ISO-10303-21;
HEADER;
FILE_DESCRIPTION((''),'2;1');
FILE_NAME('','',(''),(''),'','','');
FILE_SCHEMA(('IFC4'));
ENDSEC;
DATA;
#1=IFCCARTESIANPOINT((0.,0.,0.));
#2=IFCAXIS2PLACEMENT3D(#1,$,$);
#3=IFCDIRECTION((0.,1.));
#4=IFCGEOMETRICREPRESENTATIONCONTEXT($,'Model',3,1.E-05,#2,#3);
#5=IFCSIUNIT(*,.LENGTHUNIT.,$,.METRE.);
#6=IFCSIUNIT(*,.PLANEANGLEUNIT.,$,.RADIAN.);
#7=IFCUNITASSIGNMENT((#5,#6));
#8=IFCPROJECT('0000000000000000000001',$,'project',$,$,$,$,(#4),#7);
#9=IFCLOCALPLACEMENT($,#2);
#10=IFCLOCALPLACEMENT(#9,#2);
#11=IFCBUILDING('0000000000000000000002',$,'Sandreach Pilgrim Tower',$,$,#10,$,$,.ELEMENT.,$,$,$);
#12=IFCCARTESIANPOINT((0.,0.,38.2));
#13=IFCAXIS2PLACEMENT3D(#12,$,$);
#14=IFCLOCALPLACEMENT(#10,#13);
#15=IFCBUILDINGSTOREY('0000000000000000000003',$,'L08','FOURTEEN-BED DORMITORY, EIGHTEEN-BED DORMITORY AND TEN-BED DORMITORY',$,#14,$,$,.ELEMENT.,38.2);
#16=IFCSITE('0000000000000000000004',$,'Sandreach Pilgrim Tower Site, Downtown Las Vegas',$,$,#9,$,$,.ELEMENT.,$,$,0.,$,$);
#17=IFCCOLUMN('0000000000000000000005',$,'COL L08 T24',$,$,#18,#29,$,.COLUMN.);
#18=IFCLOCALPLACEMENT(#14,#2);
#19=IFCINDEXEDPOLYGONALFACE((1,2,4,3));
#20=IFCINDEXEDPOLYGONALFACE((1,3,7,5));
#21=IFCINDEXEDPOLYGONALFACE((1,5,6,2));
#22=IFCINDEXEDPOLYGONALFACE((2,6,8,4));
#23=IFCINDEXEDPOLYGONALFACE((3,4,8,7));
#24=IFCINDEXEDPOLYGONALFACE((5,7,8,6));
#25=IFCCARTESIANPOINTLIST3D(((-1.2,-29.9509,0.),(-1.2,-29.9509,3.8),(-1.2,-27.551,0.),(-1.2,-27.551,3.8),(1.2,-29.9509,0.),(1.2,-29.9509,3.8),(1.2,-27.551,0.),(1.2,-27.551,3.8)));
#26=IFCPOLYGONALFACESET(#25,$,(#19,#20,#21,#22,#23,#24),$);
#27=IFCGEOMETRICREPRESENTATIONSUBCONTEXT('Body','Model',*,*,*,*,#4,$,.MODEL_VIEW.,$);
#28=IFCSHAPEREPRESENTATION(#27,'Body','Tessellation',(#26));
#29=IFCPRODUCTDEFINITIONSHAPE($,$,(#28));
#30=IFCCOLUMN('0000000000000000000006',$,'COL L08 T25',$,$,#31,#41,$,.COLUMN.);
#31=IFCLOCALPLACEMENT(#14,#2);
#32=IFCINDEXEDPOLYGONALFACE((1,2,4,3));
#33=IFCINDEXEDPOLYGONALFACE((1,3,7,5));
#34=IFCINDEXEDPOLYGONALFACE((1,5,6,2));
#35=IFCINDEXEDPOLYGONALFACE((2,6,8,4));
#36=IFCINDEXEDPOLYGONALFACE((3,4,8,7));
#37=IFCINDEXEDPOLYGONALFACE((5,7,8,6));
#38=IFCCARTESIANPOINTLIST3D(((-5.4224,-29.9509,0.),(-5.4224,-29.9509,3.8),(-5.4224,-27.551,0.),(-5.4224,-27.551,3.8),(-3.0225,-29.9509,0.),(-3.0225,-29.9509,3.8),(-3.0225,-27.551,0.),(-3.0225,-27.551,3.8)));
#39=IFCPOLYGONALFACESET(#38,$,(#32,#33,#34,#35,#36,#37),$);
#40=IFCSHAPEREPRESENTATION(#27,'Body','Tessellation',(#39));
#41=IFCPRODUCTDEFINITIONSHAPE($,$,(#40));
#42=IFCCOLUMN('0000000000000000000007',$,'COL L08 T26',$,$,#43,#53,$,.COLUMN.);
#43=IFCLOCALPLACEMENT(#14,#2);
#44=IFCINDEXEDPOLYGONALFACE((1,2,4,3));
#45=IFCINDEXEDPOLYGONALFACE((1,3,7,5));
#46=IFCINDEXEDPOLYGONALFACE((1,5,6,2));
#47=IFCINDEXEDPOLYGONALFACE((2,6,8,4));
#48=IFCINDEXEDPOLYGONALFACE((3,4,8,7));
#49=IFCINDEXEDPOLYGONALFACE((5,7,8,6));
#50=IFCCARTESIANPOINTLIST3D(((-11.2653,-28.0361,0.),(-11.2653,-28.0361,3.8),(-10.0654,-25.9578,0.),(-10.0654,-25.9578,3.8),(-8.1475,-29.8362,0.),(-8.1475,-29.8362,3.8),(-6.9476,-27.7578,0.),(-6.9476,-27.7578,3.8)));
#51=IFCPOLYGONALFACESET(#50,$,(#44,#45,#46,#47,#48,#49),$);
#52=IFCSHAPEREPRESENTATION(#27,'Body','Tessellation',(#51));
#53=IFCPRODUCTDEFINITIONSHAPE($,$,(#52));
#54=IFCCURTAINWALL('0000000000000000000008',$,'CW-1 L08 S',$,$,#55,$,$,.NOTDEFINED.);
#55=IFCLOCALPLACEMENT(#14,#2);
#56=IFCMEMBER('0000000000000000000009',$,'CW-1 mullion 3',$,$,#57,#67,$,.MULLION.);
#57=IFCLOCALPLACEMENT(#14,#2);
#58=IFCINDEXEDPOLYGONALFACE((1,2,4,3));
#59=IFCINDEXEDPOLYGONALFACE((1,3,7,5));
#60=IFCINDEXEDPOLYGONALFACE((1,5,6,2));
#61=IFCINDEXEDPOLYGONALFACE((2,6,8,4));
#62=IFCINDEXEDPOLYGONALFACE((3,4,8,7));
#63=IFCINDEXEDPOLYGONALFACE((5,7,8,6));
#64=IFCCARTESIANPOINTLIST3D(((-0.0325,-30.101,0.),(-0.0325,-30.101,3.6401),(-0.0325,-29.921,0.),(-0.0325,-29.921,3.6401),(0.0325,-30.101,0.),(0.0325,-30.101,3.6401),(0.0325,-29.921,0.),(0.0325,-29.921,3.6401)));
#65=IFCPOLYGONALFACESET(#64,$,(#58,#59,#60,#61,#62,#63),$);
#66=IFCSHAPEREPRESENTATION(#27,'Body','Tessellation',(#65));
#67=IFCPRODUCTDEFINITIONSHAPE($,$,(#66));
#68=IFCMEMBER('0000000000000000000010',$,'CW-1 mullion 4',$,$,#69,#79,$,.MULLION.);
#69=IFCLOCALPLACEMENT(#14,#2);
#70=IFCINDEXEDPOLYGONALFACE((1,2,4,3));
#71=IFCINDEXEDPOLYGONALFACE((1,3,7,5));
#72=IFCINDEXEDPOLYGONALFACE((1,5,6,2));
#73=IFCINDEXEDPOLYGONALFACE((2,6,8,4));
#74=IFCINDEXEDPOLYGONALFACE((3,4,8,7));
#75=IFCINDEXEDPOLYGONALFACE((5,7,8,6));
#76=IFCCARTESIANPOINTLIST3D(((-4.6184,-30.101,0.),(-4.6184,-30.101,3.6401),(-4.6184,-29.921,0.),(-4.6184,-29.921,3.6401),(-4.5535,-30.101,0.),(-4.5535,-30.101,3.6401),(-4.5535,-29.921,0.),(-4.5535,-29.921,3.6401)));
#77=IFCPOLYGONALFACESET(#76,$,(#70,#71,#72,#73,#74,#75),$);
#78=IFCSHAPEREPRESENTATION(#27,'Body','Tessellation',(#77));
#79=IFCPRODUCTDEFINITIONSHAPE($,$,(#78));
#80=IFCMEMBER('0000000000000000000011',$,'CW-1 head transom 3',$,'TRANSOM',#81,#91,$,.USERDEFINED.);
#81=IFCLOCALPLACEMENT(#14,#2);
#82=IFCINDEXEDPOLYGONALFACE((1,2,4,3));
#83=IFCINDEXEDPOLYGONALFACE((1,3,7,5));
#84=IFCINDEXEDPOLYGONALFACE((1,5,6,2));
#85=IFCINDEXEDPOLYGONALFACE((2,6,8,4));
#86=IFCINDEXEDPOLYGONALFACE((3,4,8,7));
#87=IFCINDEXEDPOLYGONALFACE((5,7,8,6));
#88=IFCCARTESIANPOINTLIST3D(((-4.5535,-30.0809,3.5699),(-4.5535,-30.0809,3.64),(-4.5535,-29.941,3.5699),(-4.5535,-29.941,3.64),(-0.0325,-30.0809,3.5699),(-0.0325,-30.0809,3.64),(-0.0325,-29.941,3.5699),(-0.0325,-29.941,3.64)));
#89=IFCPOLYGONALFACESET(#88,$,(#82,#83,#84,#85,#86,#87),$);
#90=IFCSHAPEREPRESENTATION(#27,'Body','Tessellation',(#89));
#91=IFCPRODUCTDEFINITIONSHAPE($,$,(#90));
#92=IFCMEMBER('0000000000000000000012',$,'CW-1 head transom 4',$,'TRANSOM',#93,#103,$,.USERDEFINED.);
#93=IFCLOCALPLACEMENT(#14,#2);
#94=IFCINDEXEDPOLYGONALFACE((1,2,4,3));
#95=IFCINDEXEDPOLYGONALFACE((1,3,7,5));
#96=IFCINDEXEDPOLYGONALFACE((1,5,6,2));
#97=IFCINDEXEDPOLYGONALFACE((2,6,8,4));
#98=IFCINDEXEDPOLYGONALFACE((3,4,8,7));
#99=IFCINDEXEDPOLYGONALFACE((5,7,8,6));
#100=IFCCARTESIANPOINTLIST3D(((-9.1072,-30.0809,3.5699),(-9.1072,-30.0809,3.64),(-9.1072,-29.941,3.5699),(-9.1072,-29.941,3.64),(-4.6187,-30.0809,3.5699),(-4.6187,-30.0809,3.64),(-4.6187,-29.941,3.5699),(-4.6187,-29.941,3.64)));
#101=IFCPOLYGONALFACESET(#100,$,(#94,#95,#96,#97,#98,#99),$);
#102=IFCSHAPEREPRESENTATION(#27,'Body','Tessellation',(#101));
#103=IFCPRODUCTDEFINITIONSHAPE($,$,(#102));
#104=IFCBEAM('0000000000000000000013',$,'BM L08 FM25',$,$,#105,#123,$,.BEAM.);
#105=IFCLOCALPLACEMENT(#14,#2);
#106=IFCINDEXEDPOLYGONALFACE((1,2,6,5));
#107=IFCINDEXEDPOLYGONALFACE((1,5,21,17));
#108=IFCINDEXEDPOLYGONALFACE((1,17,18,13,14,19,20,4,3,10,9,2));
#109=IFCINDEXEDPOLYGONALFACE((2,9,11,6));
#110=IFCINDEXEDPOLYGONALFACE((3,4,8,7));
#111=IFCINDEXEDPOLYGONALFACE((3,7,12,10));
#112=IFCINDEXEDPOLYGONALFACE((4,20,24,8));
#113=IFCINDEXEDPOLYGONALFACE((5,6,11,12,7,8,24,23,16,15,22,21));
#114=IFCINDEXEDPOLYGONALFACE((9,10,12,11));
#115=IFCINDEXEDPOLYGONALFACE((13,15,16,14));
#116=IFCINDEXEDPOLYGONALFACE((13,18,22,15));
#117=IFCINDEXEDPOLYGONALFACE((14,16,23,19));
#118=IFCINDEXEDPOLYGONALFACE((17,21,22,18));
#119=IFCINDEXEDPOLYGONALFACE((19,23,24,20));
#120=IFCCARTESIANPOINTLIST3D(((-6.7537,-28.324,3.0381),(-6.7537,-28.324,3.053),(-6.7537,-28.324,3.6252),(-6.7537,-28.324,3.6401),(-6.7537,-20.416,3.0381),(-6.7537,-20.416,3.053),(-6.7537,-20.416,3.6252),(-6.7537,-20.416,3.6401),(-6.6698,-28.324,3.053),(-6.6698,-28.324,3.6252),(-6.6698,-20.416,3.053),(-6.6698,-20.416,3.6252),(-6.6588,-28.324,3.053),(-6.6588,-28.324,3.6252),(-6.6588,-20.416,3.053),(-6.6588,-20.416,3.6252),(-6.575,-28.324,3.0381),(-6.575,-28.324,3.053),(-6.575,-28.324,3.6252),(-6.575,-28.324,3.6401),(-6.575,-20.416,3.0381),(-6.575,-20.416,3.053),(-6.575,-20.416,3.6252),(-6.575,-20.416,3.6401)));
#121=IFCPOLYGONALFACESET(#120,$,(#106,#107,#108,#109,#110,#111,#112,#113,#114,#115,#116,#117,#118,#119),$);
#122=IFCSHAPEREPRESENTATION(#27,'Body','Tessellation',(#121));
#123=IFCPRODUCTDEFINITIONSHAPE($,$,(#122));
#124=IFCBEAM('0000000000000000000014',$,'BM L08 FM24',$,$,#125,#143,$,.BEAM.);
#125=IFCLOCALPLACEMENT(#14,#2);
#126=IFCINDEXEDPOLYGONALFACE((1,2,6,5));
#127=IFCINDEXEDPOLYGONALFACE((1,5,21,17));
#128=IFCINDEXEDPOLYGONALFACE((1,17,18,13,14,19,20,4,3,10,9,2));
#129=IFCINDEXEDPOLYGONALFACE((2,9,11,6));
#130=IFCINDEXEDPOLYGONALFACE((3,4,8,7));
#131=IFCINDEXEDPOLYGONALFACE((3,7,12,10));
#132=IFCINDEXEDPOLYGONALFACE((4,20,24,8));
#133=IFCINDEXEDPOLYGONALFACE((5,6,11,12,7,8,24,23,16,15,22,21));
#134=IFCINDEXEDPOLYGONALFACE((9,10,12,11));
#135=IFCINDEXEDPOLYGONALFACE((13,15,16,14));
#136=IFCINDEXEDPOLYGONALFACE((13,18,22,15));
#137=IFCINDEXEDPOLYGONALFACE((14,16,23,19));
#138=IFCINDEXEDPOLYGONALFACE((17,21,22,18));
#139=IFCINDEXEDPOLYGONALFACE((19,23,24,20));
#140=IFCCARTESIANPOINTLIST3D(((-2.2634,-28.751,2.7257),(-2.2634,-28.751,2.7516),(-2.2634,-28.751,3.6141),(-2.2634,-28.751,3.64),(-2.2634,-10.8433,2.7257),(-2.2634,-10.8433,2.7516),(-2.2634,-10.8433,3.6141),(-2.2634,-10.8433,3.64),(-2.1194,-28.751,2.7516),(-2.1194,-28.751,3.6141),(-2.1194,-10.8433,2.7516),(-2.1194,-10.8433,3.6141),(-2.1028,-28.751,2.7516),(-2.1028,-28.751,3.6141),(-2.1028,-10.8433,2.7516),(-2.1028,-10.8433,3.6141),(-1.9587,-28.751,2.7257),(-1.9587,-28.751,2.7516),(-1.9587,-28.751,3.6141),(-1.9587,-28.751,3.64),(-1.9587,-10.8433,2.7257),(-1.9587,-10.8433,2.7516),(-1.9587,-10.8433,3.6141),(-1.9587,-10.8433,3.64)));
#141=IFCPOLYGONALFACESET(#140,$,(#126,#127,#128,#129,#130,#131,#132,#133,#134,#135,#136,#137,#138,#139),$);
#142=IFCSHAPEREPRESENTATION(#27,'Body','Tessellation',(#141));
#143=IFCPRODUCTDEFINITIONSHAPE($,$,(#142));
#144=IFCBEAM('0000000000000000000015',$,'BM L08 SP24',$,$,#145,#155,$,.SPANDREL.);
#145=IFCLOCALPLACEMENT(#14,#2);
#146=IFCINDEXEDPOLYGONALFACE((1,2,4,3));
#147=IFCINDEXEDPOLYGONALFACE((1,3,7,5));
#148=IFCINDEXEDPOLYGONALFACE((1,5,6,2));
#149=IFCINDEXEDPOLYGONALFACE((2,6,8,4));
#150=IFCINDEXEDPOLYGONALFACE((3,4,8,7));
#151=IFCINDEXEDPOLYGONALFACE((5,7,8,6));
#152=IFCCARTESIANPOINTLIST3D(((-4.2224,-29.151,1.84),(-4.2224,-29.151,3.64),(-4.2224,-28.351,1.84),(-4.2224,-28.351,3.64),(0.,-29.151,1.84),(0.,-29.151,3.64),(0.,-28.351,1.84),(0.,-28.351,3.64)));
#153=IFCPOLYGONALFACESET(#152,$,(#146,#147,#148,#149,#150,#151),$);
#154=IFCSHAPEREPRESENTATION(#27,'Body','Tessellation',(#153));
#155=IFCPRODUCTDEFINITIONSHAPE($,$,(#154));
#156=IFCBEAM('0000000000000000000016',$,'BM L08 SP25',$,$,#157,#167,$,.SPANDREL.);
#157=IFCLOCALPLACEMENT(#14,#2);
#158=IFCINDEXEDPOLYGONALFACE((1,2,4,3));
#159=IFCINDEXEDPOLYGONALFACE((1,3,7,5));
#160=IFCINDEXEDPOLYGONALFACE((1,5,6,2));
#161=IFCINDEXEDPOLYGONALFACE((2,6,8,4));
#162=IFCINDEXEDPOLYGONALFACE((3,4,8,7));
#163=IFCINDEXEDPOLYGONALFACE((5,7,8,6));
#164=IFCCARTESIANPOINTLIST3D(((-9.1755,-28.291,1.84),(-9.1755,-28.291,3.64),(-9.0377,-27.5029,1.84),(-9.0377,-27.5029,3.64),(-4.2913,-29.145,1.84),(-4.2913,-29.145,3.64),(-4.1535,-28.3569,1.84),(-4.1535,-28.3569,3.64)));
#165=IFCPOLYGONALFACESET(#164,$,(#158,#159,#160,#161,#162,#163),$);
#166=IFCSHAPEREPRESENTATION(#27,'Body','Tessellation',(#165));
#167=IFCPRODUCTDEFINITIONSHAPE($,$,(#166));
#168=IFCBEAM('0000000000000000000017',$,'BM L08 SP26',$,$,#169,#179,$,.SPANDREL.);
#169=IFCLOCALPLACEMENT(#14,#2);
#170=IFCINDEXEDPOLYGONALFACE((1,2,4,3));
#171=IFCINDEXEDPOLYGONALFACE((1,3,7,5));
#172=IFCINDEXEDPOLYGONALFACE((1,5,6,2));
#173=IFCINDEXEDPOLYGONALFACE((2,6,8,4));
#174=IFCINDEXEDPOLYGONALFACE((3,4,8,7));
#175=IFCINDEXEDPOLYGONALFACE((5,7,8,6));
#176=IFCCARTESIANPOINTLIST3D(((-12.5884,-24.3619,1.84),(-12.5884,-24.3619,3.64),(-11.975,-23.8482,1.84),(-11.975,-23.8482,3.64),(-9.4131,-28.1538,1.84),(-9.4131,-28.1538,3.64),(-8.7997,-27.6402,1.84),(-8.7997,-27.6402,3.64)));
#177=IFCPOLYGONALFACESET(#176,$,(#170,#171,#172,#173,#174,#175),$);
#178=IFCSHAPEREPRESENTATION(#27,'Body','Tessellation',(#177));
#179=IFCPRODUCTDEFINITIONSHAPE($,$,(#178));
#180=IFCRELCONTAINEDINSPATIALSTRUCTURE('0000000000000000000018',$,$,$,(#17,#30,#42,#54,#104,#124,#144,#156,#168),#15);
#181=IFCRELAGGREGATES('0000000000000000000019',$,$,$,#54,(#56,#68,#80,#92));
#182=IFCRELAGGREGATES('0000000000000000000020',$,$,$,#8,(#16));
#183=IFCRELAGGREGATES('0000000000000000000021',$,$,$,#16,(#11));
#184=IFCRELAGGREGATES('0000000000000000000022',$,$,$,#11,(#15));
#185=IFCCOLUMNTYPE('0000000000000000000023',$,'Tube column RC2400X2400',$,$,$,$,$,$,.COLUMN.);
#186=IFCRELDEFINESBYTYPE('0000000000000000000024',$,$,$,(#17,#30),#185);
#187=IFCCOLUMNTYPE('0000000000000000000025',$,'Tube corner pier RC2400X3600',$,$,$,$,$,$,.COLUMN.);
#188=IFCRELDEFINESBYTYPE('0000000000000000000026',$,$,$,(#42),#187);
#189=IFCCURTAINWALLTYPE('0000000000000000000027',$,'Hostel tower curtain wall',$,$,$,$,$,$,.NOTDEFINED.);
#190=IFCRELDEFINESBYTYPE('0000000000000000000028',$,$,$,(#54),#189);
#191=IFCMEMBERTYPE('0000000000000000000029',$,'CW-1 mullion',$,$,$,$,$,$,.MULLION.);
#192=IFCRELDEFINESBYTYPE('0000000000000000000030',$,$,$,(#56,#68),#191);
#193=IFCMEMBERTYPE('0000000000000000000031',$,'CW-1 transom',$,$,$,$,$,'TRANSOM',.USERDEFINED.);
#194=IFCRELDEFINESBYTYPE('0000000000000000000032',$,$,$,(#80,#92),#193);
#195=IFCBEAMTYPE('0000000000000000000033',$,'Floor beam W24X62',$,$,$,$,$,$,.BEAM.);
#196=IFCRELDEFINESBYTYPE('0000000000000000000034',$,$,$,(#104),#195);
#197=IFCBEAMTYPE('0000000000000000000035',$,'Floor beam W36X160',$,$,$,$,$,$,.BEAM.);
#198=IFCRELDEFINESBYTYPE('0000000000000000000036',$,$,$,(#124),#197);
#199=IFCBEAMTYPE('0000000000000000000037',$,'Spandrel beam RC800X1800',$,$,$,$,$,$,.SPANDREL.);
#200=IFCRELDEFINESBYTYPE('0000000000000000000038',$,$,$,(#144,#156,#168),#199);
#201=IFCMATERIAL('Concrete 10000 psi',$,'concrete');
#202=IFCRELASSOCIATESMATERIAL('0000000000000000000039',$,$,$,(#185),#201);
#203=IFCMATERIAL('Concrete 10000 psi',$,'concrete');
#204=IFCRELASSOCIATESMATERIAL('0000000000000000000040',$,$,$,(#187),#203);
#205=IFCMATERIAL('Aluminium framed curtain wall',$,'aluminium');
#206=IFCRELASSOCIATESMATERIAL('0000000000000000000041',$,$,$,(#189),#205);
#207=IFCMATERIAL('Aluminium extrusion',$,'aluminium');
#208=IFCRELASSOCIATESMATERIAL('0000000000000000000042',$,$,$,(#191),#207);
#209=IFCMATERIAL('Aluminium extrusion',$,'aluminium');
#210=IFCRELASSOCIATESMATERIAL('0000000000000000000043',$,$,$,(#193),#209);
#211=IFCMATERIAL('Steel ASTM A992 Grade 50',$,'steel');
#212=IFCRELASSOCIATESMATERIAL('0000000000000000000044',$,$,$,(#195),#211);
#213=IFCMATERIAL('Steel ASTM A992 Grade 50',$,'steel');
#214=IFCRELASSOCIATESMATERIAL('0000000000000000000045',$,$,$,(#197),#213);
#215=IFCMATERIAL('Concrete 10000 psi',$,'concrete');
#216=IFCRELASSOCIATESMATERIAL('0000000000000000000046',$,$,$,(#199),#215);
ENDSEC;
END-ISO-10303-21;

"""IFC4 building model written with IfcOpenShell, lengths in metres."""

from ifc_helpers import new_model, si_unit, direction, frame, origin, origin_2d, place, context, subcontext, project, spatial, rectangle, i_section, extrude, material, material_profile, profile_set, type_object, element, aggregate, save


model = new_model("IFC4")

# Units and contexts
model_context = context("Model", 3, precision=1e-05, world=origin(), true_north=direction((0.0, 1.0)))
body_context = subcontext(model_context, "Body", "Model", "MODEL_VIEW")
ifc_project = project(units=[si_unit("LENGTHUNIT", "METRE"), si_unit("PLANEANGLEUNIT", "RADIAN")], contexts=[model_context])

# Site, building, storey
site_placement = place(None, origin())
site = spatial("IfcSite", under=ifc_project, at=site_placement, Name="Sandreach Pilgrim Tower Site, Downtown Las Vegas", CompositionType="ELEMENT", RefElevation=0.0)
building_placement = place(site_placement, origin())
building = spatial("IfcBuilding", under=site, at=building_placement, Name="Sandreach Pilgrim Tower", CompositionType="ELEMENT")
storey_placement = place(building_placement, frame((0.0, 0.0, 38.2)))
storey = spatial("IfcBuildingStorey", under=building, at=storey_placement, Name="L08", Description="FOURTEEN-BED DORMITORY, EIGHTEEN-BED DORMITORY AND TEN-BED DORMITORY", CompositionType="ELEMENT", Elevation=38.2)

# Columns
ifc_material_1 = material(Name="Concrete 10000 psi", Category="concrete")
ifc_material_profile_1 = material_profile(ifc_material_1, rectangle(XDim=2.3999, YDim=2.3999, at=origin_2d()), Name="RC2400X2400")
ifc_profile_set_1 = profile_set([ifc_material_profile_1], Name="Concrete 10000 psi")
column_type_1 = type_object("IfcColumnType", Name="Tube column RC2400X2400", PredefinedType="COLUMN", material=ifc_profile_set_1)
for number, where, z_axis, x_axis, name in (
    (1, (0.0, -28.751, 0.0), (0.0, 0.0, 1.0), (0.0, -1.0, 0.0), "COL L08 T24"),
    (2, (-4.2224, -28.751, 0.0), (0.0, 0.0, 1.0), (0.0, -1.0, 0.0), "COL L08 T25"),
):
    element("IfcColumn", number, at=place(storey_placement, frame(where, z_axis=z_axis, x_axis=x_axis)), inside=storey, type_object=column_type_1, Name=name, PredefinedType="COLUMN", context=body_context, shape_type="SweptSolid", body=[
        extrude(rectangle(XDim=2.3999, YDim=2.3999, at=origin_2d()), origin(), (0.0, 0.0, 1.0), 3.8),
    ])
ifc_material_2 = material(Name="Concrete 10000 psi", Category="concrete")
ifc_material_profile_2 = material_profile(ifc_material_2, rectangle(XDim=2.3999, YDim=3.6001, at=origin_2d()), Name="RC2400X3600")
ifc_profile_set_2 = profile_set([ifc_material_profile_2], Name="Concrete 10000 psi")
column_type_2 = type_object("IfcColumnType", Name="Tube corner pier RC2400X3600", PredefinedType="COLUMN", material=ifc_profile_set_2)
column_placement = place(storey_placement, frame((-9.1064, -27.897, 0.0), z_axis=(0.0, 0.0, 1.0), x_axis=(-0.5, -0.866025, 0.0)))
element("IfcColumn", 3, at=column_placement, inside=storey, type_object=column_type_2, Name="COL L08 T26", PredefinedType="COLUMN", context=body_context, shape_type="SweptSolid", body=[
    extrude(rectangle(XDim=2.3999, YDim=3.6001, at=origin_2d()), origin(), (0.0, 0.0, 1.0), 3.8),
])

# Curtain wall, members
ifc_material_3 = material(Name="Aluminium framed curtain wall", Category="aluminium")
curtain_wall_type = type_object("IfcCurtainWallType", Name="Hostel tower curtain wall", PredefinedType="NOTDEFINED", material=ifc_material_3)
curtain_wall_placement = place(storey_placement, origin())
curtain_wall = element("IfcCurtainWall", 4, at=curtain_wall_placement, inside=storey, type_object=curtain_wall_type, Name="CW-1 L08 S", PredefinedType="NOTDEFINED")
ifc_material_4 = material(Name="Aluminium extrusion", Category="aluminium")
ifc_material_profile_3 = material_profile(ifc_material_4, rectangle(XDim=0.0649, YDim=0.1799, at=origin_2d()), Name="CW-1M 65X180")
ifc_profile_set_3 = profile_set([ifc_material_profile_3], Name="Aluminium extrusion")
member_type_1 = type_object("IfcMemberType", Name="CW-1 mullion", PredefinedType="MULLION", material=ifc_profile_set_3)
member_1_placement = place(storey_placement, frame((0.0, -30.011, 0.0), z_axis=(0.0, 0.0, 1.0), x_axis=(-1.0, 0.0, 0.0)))
member_1 = element("IfcMember", 5, at=member_1_placement, type_object=member_type_1, Name="CW-1 mullion 3", PredefinedType="MULLION", context=body_context, shape_type="SweptSolid", body=[
    extrude(rectangle(XDim=0.0649, YDim=0.1799, at=origin_2d()), origin(), (0.0, 0.0, 1.0), 3.6401),
])
member_2_placement = place(storey_placement, frame((-4.5859, -30.011, 0.0), z_axis=(0.0, 0.0, 1.0), x_axis=(-1.0, 0.0, 0.0)))
member_2 = element("IfcMember", 6, at=member_2_placement, type_object=member_type_1, Name="CW-1 mullion 4", PredefinedType="MULLION", context=body_context, shape_type="SweptSolid", body=[
    extrude(rectangle(XDim=0.0649, YDim=0.1799, at=origin_2d()), origin(), (0.0, 0.0, 1.0), 3.6401),
])
ifc_material_5 = material(Name="Aluminium extrusion", Category="aluminium")
ifc_material_profile_4 = material_profile(ifc_material_5, rectangle(XDim=0.1399, YDim=0.0701, at=origin_2d()), Name="CW-1T 140X70")
ifc_profile_set_4 = profile_set([ifc_material_profile_4], Name="Aluminium extrusion")
member_type_2 = type_object("IfcMemberType", Name="CW-1 transom", ElementType="TRANSOM", PredefinedType="USERDEFINED", material=ifc_profile_set_4)
member_3_placement = place(storey_placement, frame((-0.0325, -30.011, 3.605), z_axis=(-1.0, 0.0, 0.0), x_axis=(0.0, -1.0, 0.0)))
member_3 = element("IfcMember", 7, at=member_3_placement, type_object=member_type_2, Name="CW-1 head transom 3", ObjectType="TRANSOM", PredefinedType="USERDEFINED", context=body_context, shape_type="SweptSolid", body=[
    extrude(rectangle(XDim=0.1399, YDim=0.0701, at=origin_2d()), origin(), (0.0, 0.0, 1.0), 4.521),
])
member_4_placement = place(storey_placement, frame((-4.6187, -30.011, 3.605), z_axis=(-1.0, 0.0, 0.0), x_axis=(0.0, -1.0, 0.0)))
member_4 = element("IfcMember", 8, at=member_4_placement, type_object=member_type_2, Name="CW-1 head transom 4", ObjectType="TRANSOM", PredefinedType="USERDEFINED", context=body_context, shape_type="SweptSolid", body=[
    extrude(rectangle(XDim=0.1399, YDim=0.0701, at=origin_2d()), origin(), (0.0, 0.0, 1.0), 4.4885),
])

# Beams
ifc_material_6 = material(Name="Steel ASTM A992 Grade 50", Category="steel")
ifc_material_profile_5 = material_profile(ifc_material_6, i_section(OverallWidth=0.1787, OverallDepth=0.6021, WebThickness=0.011, FlangeThickness=0.0149, at=origin_2d()), Name="W24X62")
ifc_profile_set_5 = profile_set([ifc_material_profile_5], Name="Steel ASTM A992 Grade 50")
beam_type_1 = type_object("IfcBeamType", Name="Floor beam W24X62", PredefinedType="BEAM", material=ifc_profile_set_5)
beam_1_placement = place(storey_placement, frame((-6.6643, -28.324, 3.3391), z_axis=(0.0, 1.0, 0.0), x_axis=(-1.0, 0.0, 0.0)))
element("IfcBeam", 9, at=beam_1_placement, inside=storey, type_object=beam_type_1, Name="BM L08 FM25", PredefinedType="BEAM", context=body_context, shape_type="SweptSolid", body=[
    extrude(i_section(OverallWidth=0.1787, OverallDepth=0.6021, WebThickness=0.011, FlangeThickness=0.0149, at=origin_2d()), origin(), (0.0, 0.0, 1.0), 7.908),
])
ifc_material_7 = material(Name="Steel ASTM A992 Grade 50", Category="steel")
ifc_material_profile_6 = material_profile(ifc_material_7, i_section(OverallWidth=0.3047, OverallDepth=0.9143, WebThickness=0.0166, FlangeThickness=0.0259, at=origin_2d()), Name="W36X160")
ifc_profile_set_6 = profile_set([ifc_material_profile_6], Name="Steel ASTM A992 Grade 50")
beam_type_2 = type_object("IfcBeamType", Name="Floor beam W36X160", PredefinedType="BEAM", material=ifc_profile_set_6)
beam_2_placement = place(storey_placement, frame((-2.1111, -28.751, 3.1829), z_axis=(0.0, 1.0, 0.0), x_axis=(-1.0, 0.0, 0.0)))
element("IfcBeam", 10, at=beam_2_placement, inside=storey, type_object=beam_type_2, Name="BM L08 FM24", PredefinedType="BEAM", context=body_context, shape_type="SweptSolid", body=[
    extrude(i_section(OverallWidth=0.3047, OverallDepth=0.9143, WebThickness=0.0166, FlangeThickness=0.0259, at=origin_2d()), origin(), (0.0, 0.0, 1.0), 17.9077),
])
ifc_material_8 = material(Name="Concrete 10000 psi", Category="concrete")
ifc_material_profile_7 = material_profile(ifc_material_8, rectangle(XDim=0.8, YDim=1.8, at=origin_2d()), Name="RC800X1800")
ifc_profile_set_7 = profile_set([ifc_material_profile_7], Name="Concrete 10000 psi")
beam_type_3 = type_object("IfcBeamType", Name="Spandrel beam RC800X1800", PredefinedType="SPANDREL", material=ifc_profile_set_7)
beam_3_placement = place(storey_placement, frame((0.0, -28.751, 2.74), z_axis=(-1.0, 0.0, 0.0), x_axis=(0.0, -1.0, 0.0)))
element("IfcBeam", 11, at=beam_3_placement, inside=storey, type_object=beam_type_3, Name="BM L08 SP24", PredefinedType="SPANDREL", context=body_context, shape_type="SweptSolid", body=[
    extrude(rectangle(XDim=0.8, YDim=1.8, at=origin_2d()), origin(), (0.0, 0.0, 1.0), 4.2224),
])
beam_4_placement = place(storey_placement, frame((-4.2224, -28.751, 2.74), z_axis=(-0.985054, 0.172243, 0.0), x_axis=(-0.172243, -0.985054, 0.0)))
element("IfcBeam", 12, at=beam_4_placement, inside=storey, type_object=beam_type_3, Name="BM L08 SP25", PredefinedType="SPANDREL", context=body_context, shape_type="SweptSolid", body=[
    extrude(rectangle(XDim=0.8, YDim=1.8, at=origin_2d()), origin(), (0.0, 0.0, 1.0), 4.9583),
])
beam_5_placement = place(storey_placement, frame((-9.1064, -27.897, 2.74), z_axis=(-0.642008, 0.766698, 0.0), x_axis=(-0.766698, -0.642008, 0.0)))
element("IfcBeam", 13, at=beam_5_placement, inside=storey, type_object=beam_type_3, Name="BM L08 SP26", PredefinedType="SPANDREL", context=body_context, shape_type="SweptSolid", body=[
    extrude(rectangle(XDim=0.8, YDim=1.8, at=origin_2d()), origin(), (0.0, 0.0, 1.0), 4.9458),
])

aggregate(curtain_wall, [member_1, member_2, member_3, member_4])

save(model, "model.ifc")
